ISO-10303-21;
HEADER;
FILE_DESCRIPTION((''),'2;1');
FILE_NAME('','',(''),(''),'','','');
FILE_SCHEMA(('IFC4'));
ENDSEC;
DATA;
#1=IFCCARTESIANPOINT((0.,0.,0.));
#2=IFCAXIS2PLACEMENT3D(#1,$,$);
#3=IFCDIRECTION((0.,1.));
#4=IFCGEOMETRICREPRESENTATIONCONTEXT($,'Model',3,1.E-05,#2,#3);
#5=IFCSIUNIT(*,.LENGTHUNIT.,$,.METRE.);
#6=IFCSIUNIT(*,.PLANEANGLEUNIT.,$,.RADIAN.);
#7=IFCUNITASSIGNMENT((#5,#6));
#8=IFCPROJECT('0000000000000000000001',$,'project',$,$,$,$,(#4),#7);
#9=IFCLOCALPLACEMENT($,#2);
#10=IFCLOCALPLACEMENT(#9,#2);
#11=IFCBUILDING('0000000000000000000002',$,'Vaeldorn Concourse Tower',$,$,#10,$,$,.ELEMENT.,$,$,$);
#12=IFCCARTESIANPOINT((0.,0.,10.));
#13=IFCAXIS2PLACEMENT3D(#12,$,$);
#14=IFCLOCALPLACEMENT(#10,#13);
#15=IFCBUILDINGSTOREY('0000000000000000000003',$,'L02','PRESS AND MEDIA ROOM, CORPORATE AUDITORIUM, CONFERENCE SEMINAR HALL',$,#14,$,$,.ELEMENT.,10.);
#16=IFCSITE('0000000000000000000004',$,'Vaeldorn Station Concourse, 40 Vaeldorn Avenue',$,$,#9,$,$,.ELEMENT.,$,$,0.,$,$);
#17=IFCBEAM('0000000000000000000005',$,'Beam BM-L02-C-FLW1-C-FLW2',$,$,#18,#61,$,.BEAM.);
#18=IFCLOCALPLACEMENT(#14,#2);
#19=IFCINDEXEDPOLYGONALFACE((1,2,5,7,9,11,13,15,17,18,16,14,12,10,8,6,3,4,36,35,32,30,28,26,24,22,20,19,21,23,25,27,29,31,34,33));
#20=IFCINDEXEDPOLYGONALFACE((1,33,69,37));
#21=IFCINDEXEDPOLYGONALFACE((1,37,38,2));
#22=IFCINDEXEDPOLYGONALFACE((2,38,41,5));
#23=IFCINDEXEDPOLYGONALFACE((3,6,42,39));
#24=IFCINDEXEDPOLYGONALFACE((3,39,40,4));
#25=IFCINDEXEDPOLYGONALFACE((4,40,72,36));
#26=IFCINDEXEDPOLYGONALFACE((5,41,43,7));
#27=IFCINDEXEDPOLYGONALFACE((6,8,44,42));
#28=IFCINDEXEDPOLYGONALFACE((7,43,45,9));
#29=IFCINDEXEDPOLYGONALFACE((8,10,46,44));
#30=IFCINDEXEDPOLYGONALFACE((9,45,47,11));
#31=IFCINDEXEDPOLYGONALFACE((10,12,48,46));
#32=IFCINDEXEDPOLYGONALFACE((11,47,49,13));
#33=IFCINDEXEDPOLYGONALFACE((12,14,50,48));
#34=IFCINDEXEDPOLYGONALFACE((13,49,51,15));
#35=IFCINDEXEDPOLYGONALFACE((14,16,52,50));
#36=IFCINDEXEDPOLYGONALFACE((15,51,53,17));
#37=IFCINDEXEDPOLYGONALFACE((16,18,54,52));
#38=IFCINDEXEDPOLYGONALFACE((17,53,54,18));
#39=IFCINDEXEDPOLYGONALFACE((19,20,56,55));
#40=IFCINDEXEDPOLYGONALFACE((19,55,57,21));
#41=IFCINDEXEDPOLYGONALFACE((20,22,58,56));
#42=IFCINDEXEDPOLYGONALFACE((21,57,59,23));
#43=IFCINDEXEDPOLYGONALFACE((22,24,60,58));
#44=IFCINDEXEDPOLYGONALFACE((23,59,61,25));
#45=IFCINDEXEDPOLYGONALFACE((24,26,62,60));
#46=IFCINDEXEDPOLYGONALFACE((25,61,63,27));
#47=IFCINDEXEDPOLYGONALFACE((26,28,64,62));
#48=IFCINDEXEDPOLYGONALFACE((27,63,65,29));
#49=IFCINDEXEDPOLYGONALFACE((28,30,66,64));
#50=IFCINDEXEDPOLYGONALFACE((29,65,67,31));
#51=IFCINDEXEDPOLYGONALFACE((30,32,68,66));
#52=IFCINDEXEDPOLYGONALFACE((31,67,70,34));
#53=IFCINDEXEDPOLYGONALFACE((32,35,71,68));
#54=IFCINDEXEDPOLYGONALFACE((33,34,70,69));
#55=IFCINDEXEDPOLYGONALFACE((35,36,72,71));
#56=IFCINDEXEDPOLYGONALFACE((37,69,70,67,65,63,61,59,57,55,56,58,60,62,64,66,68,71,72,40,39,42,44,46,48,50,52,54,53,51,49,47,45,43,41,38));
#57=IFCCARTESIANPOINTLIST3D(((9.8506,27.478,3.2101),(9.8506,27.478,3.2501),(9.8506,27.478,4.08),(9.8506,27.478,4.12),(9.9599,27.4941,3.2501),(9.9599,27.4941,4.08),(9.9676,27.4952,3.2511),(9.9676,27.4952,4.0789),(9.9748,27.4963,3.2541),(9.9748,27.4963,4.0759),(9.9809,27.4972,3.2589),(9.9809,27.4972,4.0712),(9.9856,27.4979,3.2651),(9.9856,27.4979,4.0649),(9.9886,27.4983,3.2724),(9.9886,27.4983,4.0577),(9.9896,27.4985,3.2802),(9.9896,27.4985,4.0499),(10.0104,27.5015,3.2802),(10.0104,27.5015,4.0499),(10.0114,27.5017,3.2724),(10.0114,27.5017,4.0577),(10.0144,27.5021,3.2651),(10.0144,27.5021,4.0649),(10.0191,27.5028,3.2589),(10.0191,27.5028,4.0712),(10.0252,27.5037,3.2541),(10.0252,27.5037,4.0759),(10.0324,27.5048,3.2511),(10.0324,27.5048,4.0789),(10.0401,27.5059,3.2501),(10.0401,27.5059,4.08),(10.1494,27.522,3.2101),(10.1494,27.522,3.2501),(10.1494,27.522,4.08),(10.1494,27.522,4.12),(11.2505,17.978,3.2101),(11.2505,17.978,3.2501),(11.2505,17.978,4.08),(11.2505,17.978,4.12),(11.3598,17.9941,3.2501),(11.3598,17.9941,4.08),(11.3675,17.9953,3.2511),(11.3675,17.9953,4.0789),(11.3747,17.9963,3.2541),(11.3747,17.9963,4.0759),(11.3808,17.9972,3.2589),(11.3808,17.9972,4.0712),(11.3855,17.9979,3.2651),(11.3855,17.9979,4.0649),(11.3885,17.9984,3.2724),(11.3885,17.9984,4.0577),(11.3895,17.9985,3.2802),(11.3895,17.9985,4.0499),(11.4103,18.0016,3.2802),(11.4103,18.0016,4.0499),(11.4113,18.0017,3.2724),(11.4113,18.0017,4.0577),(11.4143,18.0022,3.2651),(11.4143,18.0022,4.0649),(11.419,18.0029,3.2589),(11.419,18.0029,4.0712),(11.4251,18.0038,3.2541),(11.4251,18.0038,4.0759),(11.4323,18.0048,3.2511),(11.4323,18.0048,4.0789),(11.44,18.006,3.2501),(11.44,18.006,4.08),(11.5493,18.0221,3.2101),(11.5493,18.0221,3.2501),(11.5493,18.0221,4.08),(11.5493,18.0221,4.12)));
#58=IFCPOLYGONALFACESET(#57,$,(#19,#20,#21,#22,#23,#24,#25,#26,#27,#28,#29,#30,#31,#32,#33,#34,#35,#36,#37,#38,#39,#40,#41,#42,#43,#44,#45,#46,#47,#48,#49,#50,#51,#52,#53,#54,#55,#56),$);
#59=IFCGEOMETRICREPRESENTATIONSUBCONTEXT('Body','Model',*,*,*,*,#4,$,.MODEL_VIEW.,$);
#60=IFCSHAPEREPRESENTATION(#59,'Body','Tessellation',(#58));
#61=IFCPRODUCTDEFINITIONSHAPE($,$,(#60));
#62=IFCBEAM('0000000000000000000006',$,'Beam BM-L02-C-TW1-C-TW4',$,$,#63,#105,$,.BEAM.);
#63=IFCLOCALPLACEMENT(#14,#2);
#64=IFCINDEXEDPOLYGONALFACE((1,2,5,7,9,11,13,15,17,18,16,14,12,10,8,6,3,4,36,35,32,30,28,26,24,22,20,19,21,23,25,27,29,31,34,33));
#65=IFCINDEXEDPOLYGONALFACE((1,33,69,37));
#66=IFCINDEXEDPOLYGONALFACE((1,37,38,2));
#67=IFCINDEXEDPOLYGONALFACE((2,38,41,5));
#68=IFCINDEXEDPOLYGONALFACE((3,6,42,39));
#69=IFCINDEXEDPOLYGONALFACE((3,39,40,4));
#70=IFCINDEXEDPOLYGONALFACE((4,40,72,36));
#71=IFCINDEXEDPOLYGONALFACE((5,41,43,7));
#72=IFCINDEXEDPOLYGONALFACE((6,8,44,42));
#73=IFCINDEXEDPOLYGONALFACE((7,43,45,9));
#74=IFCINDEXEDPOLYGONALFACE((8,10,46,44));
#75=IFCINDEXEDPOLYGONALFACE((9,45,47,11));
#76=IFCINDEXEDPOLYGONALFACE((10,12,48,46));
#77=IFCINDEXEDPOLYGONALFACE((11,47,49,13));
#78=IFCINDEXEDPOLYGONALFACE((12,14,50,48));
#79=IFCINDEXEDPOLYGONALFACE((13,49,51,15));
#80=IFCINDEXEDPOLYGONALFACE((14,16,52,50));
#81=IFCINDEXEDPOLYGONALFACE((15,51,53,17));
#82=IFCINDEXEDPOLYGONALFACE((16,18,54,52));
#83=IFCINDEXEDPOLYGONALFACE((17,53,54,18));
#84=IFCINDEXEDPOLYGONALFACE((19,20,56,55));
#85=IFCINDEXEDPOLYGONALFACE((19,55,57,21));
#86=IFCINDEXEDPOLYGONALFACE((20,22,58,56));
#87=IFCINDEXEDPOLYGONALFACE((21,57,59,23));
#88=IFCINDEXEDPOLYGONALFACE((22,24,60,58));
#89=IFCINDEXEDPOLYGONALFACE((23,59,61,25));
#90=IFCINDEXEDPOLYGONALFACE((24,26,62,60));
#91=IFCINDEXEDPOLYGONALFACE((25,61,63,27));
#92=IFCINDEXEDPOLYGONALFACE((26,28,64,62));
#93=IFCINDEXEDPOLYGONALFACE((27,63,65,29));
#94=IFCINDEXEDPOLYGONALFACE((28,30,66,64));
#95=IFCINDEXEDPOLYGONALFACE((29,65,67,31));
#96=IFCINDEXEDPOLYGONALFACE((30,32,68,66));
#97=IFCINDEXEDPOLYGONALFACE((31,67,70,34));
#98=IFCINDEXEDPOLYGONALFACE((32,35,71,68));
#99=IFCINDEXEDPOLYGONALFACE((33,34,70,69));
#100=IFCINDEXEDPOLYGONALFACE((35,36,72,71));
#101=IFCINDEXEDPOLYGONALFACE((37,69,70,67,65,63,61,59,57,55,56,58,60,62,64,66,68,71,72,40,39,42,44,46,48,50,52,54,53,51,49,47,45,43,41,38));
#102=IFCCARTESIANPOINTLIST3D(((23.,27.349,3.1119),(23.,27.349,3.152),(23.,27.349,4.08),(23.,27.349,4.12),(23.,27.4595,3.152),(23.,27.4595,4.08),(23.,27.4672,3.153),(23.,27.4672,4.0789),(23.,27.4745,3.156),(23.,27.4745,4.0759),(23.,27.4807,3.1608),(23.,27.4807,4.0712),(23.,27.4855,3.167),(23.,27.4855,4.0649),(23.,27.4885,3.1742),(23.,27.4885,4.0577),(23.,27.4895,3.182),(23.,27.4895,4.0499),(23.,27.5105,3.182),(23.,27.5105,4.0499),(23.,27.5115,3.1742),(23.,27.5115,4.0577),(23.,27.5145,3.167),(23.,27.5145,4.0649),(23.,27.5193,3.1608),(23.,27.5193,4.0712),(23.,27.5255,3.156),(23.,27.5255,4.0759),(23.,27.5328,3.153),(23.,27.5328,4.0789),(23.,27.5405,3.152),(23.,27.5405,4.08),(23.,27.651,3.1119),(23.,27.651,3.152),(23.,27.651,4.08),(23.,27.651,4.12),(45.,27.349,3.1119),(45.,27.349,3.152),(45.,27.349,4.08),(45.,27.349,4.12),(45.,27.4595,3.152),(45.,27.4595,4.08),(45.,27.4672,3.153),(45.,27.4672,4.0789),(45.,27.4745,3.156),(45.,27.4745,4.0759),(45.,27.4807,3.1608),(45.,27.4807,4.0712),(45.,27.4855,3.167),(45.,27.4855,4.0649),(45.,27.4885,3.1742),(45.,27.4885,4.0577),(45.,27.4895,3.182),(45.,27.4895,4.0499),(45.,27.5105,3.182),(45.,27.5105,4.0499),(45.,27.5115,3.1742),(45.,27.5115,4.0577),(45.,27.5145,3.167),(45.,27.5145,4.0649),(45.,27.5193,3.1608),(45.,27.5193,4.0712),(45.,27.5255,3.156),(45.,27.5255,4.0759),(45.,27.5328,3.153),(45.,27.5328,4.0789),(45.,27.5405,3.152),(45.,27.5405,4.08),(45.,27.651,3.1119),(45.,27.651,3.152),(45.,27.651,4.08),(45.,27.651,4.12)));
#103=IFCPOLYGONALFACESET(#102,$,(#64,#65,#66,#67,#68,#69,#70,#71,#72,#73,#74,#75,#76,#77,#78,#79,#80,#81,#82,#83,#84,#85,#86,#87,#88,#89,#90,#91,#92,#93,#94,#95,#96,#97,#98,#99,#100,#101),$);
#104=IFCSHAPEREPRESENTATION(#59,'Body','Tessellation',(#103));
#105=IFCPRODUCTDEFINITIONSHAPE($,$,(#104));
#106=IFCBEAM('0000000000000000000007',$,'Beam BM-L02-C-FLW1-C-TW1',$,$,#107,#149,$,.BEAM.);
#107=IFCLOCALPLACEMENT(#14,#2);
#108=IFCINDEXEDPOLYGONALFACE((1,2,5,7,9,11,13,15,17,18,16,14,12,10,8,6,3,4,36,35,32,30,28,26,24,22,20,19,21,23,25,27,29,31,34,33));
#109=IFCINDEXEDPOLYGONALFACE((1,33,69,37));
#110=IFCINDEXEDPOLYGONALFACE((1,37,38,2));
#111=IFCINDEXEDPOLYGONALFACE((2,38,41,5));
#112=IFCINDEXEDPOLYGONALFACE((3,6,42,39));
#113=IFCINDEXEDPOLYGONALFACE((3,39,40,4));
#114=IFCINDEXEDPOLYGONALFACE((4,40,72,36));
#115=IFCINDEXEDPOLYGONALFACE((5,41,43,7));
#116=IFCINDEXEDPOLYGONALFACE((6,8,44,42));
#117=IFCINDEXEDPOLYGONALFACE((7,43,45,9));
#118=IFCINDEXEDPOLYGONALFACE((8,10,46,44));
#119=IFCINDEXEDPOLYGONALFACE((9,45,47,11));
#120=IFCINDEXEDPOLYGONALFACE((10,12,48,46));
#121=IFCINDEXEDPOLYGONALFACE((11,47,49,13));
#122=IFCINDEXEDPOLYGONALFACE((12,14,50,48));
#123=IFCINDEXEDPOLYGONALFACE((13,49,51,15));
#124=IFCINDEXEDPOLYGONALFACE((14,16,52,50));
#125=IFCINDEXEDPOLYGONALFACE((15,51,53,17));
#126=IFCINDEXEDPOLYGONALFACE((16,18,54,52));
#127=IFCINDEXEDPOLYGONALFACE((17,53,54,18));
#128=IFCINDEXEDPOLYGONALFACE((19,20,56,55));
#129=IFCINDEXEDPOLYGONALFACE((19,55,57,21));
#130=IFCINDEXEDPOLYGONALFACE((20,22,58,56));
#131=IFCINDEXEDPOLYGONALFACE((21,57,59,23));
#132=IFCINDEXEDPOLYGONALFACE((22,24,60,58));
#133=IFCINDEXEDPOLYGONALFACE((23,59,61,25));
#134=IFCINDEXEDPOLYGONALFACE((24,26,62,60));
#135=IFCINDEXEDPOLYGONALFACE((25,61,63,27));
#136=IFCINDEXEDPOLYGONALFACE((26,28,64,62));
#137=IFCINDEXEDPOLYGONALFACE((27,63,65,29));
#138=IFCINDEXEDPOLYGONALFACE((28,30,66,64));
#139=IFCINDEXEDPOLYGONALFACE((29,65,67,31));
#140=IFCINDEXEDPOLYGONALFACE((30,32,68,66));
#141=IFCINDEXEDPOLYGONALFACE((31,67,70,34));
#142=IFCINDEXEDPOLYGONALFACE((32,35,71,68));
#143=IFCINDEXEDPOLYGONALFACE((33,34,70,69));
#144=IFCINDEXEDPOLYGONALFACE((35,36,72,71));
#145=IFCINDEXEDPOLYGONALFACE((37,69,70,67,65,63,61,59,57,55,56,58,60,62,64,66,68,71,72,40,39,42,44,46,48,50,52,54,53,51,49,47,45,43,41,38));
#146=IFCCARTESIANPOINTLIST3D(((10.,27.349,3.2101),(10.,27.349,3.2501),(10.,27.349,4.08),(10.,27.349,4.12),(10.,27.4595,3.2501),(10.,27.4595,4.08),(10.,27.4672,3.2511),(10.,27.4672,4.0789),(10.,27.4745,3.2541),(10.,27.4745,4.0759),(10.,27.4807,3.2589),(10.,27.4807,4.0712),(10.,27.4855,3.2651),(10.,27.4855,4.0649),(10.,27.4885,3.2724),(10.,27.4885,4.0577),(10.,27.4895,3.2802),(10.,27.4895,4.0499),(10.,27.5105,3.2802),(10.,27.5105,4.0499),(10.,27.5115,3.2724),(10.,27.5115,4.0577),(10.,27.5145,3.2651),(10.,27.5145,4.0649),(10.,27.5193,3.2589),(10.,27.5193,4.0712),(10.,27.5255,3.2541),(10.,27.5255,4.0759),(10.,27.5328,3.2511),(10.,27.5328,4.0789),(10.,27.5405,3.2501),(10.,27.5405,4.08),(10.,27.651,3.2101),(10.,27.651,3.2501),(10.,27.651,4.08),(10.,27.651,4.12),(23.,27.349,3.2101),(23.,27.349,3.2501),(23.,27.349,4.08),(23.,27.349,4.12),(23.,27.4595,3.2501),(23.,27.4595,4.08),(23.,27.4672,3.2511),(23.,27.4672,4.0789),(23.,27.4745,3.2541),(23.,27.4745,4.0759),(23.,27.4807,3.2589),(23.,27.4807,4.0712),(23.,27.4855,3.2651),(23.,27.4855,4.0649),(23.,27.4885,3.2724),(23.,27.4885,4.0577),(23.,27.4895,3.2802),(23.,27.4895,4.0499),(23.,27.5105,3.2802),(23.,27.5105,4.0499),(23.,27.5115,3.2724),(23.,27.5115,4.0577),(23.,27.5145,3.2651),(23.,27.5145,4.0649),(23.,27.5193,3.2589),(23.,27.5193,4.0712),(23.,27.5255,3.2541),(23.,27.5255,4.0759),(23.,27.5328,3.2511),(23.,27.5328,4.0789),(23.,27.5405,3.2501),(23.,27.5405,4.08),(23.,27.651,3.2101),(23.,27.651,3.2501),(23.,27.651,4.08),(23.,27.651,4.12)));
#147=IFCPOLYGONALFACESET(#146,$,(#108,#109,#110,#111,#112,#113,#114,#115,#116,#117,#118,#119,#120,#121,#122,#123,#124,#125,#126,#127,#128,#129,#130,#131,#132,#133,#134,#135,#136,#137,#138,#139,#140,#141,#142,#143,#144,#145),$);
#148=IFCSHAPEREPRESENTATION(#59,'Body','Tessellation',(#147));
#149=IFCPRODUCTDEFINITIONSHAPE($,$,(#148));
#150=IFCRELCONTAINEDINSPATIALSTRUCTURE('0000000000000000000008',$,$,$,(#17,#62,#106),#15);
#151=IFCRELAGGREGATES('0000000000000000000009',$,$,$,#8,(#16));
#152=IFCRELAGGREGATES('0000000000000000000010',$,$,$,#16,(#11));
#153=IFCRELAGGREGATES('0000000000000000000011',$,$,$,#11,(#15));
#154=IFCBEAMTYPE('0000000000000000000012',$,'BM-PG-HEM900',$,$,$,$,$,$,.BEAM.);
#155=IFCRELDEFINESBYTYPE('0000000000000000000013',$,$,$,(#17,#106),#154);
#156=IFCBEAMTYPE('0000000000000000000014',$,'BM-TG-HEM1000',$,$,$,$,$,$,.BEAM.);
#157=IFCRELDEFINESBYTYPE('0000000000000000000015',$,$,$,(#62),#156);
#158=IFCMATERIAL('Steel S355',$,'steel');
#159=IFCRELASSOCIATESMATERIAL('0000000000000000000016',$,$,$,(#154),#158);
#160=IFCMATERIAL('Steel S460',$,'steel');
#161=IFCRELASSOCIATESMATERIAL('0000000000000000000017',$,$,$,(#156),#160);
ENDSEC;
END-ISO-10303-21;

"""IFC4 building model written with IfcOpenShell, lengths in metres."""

from ifc_helpers import new_model, si_unit, direction, frame, origin, origin_2d, place, context, subcontext, project, spatial, i_section, extrude, source, transform, mapped, material, material_profile, profile_set, type_object, element, save


model = new_model("IFC4")

# Units and contexts
model_context = context("Model", 3, precision=1e-05, world=origin(), true_north=direction((0.0, 1.0)))
body_context = subcontext(model_context, "Body", "Model", "MODEL_VIEW")
ifc_project = project(units=[si_unit("LENGTHUNIT", "METRE"), si_unit("PLANEANGLEUNIT", "RADIAN")], contexts=[model_context])

# Site, building, storey
site_placement = place(None, origin())
site = spatial("IfcSite", under=ifc_project, at=site_placement, Name="Vaeldorn Station Concourse, 40 Vaeldorn Avenue", CompositionType="ELEMENT", RefElevation=0.0)
building_placement = place(site_placement, origin())
building = spatial("IfcBuilding", under=site, at=building_placement, Name="Vaeldorn Concourse Tower", CompositionType="ELEMENT")
storey_placement = place(building_placement, frame((0.0, 0.0, 10.0)))
storey = spatial("IfcBuildingStorey", under=building, at=storey_placement, Name="L02", Description="PRESS AND MEDIA ROOM, CORPORATE AUDITORIUM, CONFERENCE SEMINAR HALL", CompositionType="ELEMENT", Elevation=10.0)

# Shared definitions
ifc_material_1 = material(Name="Steel S460", Category="steel")

# Beams
ifc_material_2 = material(Name="Steel S355", Category="steel")
ifc_material_profile_1 = material_profile(ifc_material_2, i_section(OverallWidth=0.302, OverallDepth=0.9099, WebThickness=0.021, FlangeThickness=0.04, FilletRadius=0.03, at=origin_2d()), Name="HEM 900")
ifc_profile_set_1 = profile_set([ifc_material_profile_1], Name="Steel S355")
beam_type_1 = type_object("IfcBeamType", Name="BM-PG-HEM900", PredefinedType="BEAM", material=ifc_profile_set_1)
shared_shape_1 = source(origin(), body_context, "Body", "SweptSolid", [
    extrude(i_section(OverallWidth=0.302, OverallDepth=0.9099, WebThickness=0.021, FlangeThickness=0.04, FilletRadius=0.03, at=origin_2d()), origin(), (0.0, 0.0, 1.0), 9.6025),
])
beam_1_placement = place(storey_placement, frame((10.0, 27.5, 3.665), z_axis=(0.145784, -0.989316, 0.0), x_axis=(0.989316, 0.145784, 0.0)))
element("IfcBeam", 1, at=beam_1_placement, inside=storey, type_object=beam_type_1, Name="Beam BM-L02-C-FLW1-C-FLW2", PredefinedType="BEAM", context=body_context, shape_type="MappedRepresentation", body=[
    mapped(shared_shape_1, transform((0.0, 0.0, 0.0), scale=1.0)),
])
ifc_material_profile_2 = material_profile(ifc_material_1, i_section(OverallWidth=0.302, OverallDepth=1.0081, WebThickness=0.021, FlangeThickness=0.04, FilletRadius=0.03, at=origin_2d()), Name="HEM 1000")
ifc_profile_set_2 = profile_set([ifc_material_profile_2], Name="Steel S460")
beam_type_2 = type_object("IfcBeamType", Name="BM-TG-HEM1000", PredefinedType="BEAM", material=ifc_profile_set_2)
shared_shape_2 = source(origin(), body_context, "Body", "SweptSolid", [
    extrude(i_section(OverallWidth=0.302, OverallDepth=1.0081, WebThickness=0.021, FlangeThickness=0.04, FilletRadius=0.03, at=origin_2d()), origin(), (0.0, 0.0, 1.0), 22.0),
])
beam_2_placement = place(storey_placement, frame((23.0, 27.5, 3.616), z_axis=(1.0, 0.0, 0.0), x_axis=(0.0, 1.0, 0.0)))
element("IfcBeam", 2, at=beam_2_placement, inside=storey, type_object=beam_type_2, Name="Beam BM-L02-C-TW1-C-TW4", PredefinedType="BEAM", context=body_context, shape_type="MappedRepresentation", body=[
    mapped(shared_shape_2, transform((0.0, 0.0, 0.0), scale=1.0)),
])
shared_shape_3 = source(origin(), body_context, "Body", "SweptSolid", [
    extrude(i_section(OverallWidth=0.302, OverallDepth=0.9099, WebThickness=0.021, FlangeThickness=0.04, FilletRadius=0.03, at=origin_2d()), origin(), (0.0, 0.0, 1.0), 13.0),
])
beam_3_placement = place(storey_placement, frame((10.0, 27.5, 3.665), z_axis=(1.0, 0.0, 0.0), x_axis=(0.0, 1.0, 0.0)))
element("IfcBeam", 3, at=beam_3_placement, inside=storey, type_object=beam_type_1, Name="Beam BM-L02-C-FLW1-C-TW1", PredefinedType="BEAM", context=body_context, shape_type="MappedRepresentation", body=[
    mapped(shared_shape_3, transform((0.0, 0.0, 0.0), scale=1.0)),
])

save(model, "model.ifc")
